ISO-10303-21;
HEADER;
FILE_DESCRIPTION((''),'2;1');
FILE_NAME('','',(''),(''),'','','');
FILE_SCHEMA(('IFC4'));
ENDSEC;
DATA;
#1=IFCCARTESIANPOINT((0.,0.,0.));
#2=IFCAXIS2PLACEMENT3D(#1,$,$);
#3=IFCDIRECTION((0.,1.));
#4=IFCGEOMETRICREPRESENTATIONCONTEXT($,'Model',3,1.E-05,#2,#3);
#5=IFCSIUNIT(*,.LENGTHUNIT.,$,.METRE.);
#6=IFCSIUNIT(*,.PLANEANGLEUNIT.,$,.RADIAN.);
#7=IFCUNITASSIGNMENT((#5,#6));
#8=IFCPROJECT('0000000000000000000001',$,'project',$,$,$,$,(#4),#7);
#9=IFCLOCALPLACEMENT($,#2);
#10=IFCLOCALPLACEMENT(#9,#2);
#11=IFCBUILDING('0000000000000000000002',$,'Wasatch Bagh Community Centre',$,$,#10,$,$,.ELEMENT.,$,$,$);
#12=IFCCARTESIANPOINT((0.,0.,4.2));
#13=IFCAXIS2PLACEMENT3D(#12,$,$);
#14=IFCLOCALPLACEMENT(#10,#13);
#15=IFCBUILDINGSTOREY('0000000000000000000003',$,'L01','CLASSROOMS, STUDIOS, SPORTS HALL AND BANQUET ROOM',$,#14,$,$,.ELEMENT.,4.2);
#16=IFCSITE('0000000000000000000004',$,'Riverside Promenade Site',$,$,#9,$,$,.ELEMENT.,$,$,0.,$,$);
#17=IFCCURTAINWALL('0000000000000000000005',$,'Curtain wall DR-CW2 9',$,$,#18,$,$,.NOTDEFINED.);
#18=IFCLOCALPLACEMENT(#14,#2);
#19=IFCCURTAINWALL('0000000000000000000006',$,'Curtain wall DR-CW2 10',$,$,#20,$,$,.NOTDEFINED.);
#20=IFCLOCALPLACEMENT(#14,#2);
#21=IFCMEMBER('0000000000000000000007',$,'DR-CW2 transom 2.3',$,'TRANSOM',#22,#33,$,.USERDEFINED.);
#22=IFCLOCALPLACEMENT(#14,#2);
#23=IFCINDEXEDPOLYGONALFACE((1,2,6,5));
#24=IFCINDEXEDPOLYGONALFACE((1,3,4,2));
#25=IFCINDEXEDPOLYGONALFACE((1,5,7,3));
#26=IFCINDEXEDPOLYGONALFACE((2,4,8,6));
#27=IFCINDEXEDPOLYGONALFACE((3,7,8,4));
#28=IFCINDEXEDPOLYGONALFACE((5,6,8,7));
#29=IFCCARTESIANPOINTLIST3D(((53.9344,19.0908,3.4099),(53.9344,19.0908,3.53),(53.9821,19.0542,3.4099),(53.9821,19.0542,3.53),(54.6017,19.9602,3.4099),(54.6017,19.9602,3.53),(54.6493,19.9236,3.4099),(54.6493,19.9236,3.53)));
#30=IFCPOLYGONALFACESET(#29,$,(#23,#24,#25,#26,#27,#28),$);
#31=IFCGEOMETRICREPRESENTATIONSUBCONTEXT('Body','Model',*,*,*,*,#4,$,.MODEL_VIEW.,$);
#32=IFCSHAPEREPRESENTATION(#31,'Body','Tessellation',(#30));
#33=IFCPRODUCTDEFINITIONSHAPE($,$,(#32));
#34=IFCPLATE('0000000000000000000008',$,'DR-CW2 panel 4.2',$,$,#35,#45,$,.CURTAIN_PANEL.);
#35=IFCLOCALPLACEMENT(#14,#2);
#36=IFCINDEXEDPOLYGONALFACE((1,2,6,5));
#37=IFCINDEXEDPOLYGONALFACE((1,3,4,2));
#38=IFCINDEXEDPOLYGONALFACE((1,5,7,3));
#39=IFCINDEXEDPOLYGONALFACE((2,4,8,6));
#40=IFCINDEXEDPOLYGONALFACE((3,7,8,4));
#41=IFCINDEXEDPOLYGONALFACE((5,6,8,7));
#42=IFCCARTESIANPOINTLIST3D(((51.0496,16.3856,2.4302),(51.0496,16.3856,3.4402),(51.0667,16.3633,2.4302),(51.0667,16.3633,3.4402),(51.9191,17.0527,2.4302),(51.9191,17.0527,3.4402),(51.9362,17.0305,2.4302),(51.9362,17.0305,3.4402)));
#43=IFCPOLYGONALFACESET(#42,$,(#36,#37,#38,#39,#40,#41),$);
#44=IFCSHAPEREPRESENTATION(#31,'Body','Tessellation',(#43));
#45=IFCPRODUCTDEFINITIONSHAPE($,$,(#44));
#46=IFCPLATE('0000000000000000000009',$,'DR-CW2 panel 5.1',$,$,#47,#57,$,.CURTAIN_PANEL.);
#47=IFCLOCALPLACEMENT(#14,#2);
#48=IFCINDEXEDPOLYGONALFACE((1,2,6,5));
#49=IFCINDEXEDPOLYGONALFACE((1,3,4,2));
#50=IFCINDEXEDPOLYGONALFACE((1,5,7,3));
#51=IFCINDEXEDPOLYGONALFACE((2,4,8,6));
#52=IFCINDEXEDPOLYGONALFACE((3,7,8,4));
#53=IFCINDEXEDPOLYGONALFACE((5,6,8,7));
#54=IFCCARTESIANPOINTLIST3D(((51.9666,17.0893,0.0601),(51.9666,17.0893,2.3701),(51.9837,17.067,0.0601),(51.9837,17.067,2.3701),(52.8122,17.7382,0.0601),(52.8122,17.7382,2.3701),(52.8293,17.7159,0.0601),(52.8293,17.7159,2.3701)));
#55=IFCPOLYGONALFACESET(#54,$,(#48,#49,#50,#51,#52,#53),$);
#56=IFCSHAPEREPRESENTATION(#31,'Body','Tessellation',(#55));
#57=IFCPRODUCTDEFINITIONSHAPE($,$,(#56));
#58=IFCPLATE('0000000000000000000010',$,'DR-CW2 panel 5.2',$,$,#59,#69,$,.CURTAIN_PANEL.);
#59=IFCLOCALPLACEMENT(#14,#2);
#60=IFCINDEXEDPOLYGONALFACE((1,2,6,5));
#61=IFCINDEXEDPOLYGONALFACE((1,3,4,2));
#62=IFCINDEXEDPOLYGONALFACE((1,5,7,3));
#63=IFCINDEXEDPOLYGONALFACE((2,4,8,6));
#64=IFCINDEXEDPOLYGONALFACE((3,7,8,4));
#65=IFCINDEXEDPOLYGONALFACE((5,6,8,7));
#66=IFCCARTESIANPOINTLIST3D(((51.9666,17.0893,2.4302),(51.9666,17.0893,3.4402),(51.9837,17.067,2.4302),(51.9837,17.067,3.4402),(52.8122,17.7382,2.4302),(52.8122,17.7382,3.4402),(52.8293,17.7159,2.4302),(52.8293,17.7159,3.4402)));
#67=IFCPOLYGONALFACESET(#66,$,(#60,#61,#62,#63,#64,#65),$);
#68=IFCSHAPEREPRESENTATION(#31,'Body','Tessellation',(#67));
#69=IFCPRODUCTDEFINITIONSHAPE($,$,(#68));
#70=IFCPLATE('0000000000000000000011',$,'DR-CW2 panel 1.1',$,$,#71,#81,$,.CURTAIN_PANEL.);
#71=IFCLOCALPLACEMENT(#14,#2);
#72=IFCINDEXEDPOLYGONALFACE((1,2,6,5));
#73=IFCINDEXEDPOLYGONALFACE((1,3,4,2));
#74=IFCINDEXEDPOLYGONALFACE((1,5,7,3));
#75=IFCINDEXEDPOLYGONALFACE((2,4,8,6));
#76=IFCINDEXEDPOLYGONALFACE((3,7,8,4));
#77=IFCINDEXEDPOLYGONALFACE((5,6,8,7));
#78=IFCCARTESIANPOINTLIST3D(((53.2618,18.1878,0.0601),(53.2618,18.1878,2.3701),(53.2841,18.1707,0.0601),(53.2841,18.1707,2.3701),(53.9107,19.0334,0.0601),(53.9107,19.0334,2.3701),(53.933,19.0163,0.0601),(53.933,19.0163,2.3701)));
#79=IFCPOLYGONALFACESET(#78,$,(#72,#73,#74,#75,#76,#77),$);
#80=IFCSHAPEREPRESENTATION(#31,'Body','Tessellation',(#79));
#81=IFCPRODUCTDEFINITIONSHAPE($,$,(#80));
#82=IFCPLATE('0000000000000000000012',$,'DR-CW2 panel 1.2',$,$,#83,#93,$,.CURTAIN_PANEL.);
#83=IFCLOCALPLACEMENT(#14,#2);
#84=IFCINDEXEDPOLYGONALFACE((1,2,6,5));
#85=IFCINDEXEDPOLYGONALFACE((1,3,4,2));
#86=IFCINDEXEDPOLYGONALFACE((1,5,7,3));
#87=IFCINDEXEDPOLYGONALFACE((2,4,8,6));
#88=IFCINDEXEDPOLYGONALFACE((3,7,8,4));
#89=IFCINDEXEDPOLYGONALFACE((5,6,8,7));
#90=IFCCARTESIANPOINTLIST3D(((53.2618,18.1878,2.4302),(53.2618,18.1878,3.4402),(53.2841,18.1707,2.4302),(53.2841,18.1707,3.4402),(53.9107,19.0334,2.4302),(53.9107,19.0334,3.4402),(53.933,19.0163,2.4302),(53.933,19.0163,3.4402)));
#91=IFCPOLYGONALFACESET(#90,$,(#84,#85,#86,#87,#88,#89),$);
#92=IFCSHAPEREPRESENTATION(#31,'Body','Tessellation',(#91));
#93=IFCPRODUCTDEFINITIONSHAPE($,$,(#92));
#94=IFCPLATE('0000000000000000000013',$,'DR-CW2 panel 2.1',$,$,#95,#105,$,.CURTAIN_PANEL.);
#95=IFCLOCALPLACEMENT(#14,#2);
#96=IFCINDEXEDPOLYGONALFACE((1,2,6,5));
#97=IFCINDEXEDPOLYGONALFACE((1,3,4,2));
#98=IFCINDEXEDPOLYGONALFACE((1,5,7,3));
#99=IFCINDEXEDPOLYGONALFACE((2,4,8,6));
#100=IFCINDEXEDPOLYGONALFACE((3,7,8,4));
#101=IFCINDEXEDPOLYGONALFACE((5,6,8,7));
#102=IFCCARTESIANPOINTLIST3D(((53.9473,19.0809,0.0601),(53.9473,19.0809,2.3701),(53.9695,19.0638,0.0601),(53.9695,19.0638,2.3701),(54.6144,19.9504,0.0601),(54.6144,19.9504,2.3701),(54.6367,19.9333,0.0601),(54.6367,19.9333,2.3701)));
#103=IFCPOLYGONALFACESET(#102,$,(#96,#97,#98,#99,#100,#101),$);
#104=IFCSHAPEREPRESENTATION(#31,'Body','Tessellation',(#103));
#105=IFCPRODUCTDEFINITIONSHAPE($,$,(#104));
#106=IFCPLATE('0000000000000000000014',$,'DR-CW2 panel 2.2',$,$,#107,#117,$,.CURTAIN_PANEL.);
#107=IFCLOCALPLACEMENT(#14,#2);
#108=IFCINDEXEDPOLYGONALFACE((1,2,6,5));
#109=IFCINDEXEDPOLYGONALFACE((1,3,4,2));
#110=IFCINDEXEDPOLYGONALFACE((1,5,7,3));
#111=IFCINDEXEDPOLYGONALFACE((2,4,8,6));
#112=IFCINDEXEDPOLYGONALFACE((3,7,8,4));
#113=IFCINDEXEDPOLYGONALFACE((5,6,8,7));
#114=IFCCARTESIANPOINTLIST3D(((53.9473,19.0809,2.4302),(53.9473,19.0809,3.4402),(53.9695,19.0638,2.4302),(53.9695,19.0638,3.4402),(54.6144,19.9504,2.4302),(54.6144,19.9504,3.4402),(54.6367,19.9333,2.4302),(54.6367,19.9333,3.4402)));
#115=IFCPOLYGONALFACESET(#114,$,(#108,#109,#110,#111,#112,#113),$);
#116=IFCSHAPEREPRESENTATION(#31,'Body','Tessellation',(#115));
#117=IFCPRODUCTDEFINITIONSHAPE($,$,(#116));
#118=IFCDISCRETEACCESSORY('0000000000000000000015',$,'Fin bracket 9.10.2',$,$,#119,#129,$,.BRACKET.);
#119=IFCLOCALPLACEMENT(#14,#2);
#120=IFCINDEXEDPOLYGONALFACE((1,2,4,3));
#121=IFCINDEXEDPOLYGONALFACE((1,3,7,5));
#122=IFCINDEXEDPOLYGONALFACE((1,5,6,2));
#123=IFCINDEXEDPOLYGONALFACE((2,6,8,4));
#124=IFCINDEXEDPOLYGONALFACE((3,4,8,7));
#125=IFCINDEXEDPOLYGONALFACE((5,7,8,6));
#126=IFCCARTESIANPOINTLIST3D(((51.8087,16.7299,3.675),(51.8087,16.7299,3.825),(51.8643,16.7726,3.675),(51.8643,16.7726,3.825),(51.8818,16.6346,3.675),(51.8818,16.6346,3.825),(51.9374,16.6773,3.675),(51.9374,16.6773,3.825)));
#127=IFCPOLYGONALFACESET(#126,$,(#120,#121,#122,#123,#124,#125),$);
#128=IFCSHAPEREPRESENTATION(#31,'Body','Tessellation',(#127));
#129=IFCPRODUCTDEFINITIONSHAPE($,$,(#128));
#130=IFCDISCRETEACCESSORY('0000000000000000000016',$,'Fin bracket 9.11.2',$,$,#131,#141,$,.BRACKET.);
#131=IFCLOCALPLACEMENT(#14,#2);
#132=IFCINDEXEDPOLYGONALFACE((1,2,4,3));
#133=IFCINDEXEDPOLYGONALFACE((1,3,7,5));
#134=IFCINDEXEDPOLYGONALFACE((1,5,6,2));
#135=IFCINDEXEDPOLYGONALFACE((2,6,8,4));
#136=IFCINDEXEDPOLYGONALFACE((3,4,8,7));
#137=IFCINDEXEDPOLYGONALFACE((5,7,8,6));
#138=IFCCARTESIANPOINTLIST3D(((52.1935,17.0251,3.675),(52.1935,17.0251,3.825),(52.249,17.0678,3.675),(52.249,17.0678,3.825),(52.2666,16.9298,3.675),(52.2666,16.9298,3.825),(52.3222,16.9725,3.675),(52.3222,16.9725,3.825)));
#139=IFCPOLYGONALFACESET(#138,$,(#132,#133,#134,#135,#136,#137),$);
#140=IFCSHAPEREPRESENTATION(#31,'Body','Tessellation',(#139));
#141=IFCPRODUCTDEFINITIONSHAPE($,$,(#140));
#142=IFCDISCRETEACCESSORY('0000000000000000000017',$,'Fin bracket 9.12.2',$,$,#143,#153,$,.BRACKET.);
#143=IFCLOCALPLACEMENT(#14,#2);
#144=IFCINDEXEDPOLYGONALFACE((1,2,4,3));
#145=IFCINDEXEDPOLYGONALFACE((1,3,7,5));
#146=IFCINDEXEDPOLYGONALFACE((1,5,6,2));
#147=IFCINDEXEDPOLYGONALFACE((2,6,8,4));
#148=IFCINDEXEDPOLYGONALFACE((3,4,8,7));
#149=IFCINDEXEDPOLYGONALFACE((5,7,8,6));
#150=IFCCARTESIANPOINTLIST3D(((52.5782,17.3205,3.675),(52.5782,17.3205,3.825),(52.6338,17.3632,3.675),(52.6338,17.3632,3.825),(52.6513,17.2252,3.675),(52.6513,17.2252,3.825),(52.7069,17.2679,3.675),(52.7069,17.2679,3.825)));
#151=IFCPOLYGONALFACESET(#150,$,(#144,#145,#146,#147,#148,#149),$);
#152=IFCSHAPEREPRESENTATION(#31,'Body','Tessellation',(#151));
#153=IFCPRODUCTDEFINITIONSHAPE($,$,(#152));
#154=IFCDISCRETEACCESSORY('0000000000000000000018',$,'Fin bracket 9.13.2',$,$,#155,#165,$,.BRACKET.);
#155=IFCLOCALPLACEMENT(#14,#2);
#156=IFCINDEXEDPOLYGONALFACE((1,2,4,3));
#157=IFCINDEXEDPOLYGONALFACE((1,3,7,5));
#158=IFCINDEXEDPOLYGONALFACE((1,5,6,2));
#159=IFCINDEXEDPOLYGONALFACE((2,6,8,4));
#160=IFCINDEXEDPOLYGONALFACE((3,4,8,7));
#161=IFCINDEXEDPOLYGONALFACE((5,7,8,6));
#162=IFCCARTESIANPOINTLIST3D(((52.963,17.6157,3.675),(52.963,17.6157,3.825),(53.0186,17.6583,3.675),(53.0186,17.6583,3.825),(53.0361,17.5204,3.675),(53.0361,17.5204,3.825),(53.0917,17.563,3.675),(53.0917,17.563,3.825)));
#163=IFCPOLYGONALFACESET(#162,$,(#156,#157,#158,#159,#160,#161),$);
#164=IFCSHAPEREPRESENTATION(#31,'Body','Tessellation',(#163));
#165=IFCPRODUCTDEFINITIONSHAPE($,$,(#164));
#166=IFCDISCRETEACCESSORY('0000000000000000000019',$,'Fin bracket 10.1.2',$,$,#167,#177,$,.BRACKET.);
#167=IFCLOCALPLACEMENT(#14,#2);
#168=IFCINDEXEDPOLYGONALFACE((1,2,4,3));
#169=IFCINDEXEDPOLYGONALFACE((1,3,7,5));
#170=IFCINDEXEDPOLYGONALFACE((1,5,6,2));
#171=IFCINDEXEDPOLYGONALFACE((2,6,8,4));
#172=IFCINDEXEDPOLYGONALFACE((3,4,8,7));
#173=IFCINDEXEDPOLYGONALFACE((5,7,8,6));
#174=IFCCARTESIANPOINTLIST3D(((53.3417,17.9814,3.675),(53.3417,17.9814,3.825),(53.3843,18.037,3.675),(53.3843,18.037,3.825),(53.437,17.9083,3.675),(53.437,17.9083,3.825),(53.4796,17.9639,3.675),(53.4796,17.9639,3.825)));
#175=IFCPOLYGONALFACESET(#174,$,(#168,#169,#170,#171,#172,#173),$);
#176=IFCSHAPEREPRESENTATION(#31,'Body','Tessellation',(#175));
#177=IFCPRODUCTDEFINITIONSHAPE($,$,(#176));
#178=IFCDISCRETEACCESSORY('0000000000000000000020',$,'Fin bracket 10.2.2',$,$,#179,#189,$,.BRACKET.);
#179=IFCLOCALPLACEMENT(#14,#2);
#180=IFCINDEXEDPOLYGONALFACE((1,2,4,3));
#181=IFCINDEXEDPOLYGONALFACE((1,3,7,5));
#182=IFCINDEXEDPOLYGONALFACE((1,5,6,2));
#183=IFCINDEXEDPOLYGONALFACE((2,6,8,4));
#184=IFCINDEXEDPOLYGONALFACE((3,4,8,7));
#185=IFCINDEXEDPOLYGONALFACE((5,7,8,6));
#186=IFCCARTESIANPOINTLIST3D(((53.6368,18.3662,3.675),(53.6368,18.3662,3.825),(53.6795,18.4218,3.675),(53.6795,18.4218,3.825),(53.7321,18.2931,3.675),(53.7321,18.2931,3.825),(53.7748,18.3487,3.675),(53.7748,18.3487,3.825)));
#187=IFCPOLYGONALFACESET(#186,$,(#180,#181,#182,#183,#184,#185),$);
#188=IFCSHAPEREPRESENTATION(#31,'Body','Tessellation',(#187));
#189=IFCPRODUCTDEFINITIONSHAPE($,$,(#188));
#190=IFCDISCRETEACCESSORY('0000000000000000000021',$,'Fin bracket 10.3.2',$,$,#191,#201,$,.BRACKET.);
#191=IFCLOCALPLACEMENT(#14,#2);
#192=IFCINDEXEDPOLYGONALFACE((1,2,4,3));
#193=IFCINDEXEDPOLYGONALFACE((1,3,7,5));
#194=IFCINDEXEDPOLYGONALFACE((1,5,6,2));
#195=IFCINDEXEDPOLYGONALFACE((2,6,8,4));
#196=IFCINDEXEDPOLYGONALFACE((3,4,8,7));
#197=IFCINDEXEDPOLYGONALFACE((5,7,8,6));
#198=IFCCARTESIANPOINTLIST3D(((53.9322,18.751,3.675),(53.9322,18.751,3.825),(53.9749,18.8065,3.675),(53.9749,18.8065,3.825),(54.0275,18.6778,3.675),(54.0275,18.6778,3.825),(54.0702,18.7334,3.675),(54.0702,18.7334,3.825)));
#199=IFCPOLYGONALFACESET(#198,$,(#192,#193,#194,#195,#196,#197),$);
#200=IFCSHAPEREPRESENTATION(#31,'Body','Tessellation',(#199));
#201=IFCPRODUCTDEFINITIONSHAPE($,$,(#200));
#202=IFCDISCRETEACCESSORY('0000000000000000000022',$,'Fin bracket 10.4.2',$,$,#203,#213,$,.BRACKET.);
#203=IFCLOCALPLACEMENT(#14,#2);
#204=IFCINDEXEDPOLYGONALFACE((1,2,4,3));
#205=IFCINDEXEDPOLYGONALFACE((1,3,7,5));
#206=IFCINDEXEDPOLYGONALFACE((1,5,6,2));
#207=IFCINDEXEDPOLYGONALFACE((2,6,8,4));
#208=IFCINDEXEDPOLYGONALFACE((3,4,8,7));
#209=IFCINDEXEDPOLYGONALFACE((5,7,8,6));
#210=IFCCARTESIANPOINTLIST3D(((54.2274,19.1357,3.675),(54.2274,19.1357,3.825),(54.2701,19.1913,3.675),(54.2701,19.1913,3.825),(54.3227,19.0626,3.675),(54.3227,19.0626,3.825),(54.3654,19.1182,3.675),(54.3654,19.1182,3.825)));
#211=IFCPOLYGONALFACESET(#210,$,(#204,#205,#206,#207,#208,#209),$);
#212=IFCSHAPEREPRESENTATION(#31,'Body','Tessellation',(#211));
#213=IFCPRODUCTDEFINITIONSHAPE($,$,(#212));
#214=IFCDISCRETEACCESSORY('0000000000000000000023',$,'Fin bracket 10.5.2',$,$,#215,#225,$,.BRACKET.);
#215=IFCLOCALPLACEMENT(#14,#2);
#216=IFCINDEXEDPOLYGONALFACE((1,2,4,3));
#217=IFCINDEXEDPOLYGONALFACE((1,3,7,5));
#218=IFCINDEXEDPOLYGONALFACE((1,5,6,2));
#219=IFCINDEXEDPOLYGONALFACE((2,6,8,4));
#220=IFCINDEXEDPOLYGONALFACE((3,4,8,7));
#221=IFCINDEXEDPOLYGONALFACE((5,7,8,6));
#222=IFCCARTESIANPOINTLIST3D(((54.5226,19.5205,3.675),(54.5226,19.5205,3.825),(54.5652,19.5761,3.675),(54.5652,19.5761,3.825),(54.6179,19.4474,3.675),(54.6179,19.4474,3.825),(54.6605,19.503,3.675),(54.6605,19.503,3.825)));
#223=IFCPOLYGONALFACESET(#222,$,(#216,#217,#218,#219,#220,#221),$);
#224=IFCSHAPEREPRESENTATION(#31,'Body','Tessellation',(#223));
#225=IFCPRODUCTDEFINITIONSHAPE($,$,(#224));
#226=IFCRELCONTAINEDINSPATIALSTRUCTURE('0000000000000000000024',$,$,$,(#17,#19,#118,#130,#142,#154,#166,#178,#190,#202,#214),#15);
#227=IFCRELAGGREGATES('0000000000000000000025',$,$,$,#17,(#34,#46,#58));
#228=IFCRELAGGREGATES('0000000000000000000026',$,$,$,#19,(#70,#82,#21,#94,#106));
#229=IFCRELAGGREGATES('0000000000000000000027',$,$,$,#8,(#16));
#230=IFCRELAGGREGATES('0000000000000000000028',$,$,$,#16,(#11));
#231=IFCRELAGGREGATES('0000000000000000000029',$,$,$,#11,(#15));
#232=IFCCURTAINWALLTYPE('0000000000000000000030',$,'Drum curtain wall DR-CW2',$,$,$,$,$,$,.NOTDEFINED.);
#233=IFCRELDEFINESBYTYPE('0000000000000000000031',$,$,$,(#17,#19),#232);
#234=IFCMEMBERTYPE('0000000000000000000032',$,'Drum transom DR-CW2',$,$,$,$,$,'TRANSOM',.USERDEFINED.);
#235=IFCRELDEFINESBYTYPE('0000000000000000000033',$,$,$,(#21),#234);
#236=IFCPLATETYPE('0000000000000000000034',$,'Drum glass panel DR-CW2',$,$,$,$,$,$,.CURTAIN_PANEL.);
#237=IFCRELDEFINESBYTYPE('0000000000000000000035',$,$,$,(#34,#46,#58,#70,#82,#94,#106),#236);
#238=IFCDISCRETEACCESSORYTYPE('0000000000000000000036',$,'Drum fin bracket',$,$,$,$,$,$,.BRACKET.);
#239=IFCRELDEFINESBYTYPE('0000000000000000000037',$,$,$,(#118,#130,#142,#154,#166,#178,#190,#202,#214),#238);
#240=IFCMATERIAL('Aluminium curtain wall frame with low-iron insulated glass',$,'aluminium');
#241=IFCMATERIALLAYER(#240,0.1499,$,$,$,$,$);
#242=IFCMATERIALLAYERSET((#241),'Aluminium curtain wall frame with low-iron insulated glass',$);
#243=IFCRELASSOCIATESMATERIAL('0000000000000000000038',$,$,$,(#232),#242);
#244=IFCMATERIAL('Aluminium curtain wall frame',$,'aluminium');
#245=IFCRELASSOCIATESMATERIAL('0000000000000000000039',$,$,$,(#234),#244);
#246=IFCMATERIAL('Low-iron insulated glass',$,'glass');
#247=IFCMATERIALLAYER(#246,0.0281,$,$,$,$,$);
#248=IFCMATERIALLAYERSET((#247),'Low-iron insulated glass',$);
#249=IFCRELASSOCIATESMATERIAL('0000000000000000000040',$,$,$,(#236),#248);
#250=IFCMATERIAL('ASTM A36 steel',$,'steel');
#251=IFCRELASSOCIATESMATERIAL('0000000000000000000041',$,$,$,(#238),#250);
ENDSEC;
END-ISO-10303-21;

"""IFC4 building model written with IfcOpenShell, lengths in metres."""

from ifc_helpers import new_model, si_unit, direction, frame, origin, origin_2d, place, context, subcontext, project, spatial, rectangle, extrude, material, layer, layer_set, material_profile, profile_set, type_object, element, aggregate, save


model = new_model("IFC4")

# Units and contexts
model_context = context("Model", 3, precision=1e-05, world=origin(), true_north=direction((0.0, 1.0)))
body_context = subcontext(model_context, "Body", "Model", "MODEL_VIEW")
ifc_project = project(units=[si_unit("LENGTHUNIT", "METRE"), si_unit("PLANEANGLEUNIT", "RADIAN")], contexts=[model_context])

# Site, building, storey
site_placement = place(None, origin())
site = spatial("IfcSite", under=ifc_project, at=site_placement, Name="Riverside Promenade Site", CompositionType="ELEMENT", RefElevation=0.0)
building_placement = place(site_placement, origin())
building = spatial("IfcBuilding", under=site, at=building_placement, Name="Wasatch Bagh Community Centre", CompositionType="ELEMENT")
storey_placement = place(building_placement, frame((0.0, 0.0, 4.2)))
storey = spatial("IfcBuildingStorey", under=building, at=storey_placement, Name="L01", Description="CLASSROOMS, STUDIOS, SPORTS HALL AND BANQUET ROOM", CompositionType="ELEMENT", Elevation=4.2)

# Curtain walls
ifc_material_1 = material(Name="Aluminium curtain wall frame with low-iron insulated glass", Category="aluminium")
ifc_layer_1 = layer(ifc_material_1, 0.1499)
ifc_layer_set_1 = layer_set([ifc_layer_1], Name="Aluminium curtain wall frame with low-iron insulated glass")
curtain_wall_type = type_object("IfcCurtainWallType", Name="Drum curtain wall DR-CW2", PredefinedType="NOTDEFINED", material=ifc_layer_set_1)
curtain_wall_1_placement = place(storey_placement, origin())
curtain_wall_1 = element("IfcCurtainWall", 1, at=curtain_wall_1_placement, inside=storey, type_object=curtain_wall_type, Name="Curtain wall DR-CW2 9", PredefinedType="NOTDEFINED")
ifc_material_2 = material(Name="Aluminium curtain wall frame", Category="aluminium")
curtain_wall_2_placement = place(storey_placement, origin())
curtain_wall_2 = element("IfcCurtainWall", 2, at=curtain_wall_2_placement, inside=storey, type_object=curtain_wall_type, Name="Curtain wall DR-CW2 10", PredefinedType="NOTDEFINED")

# Member
ifc_material_profile_1 = material_profile(ifc_material_2, rectangle(XDim=0.0601, YDim=0.1201, at=origin_2d()), Name="Drum transom DR-CW2")
ifc_profile_set_1 = profile_set([ifc_material_profile_1], Name="Aluminium curtain wall frame")
member_type_1 = type_object("IfcMemberType", Name="Drum transom DR-CW2", ElementType="TRANSOM", PredefinedType="USERDEFINED", material=ifc_profile_set_1)
member_1_placement = place(storey_placement, frame((53.9583, 19.0725, 3.47), z_axis=(0.608838, 0.793294, 0.0), x_axis=(-0.793294, 0.608838, 0.0)))
member_1 = element("IfcMember", 3, at=member_1_placement, type_object=member_type_1, Name="DR-CW2 transom 2.3", ObjectType="TRANSOM", PredefinedType="USERDEFINED", context=body_context, shape_type="SweptSolid", body=[
    extrude(rectangle(XDim=0.0601, YDim=0.1201, at=origin_2d()), origin(), (0.0, 0.0, 1.0), 1.0959),
])

# Plates
ifc_material_3 = material(Name="Low-iron insulated glass", Category="glass")
ifc_layer_2 = layer(ifc_material_3, 0.0281)
ifc_layer_set_2 = layer_set([ifc_layer_2], Name="Low-iron insulated glass")
plate_type = type_object("IfcPlateType", Name="Drum glass panel DR-CW2", PredefinedType="CURTAIN_PANEL", material=ifc_layer_set_2)
plate_1_placement = place(storey_placement, frame((51.4929, 16.708, 2.4302), z_axis=(0.0, 0.0, 1.0), x_axis=(0.793353, 0.608761, 0.0)))
plate_1 = element("IfcPlate", 4, at=plate_1_placement, type_object=plate_type, Name="DR-CW2 panel 4.2", PredefinedType="CURTAIN_PANEL", context=body_context, shape_type="SweptSolid", body=[
    extrude(rectangle(XDim=1.0959, YDim=0.0281, at=origin_2d()), origin(), (0.0, 0.0, 1.0), 1.01),
])
plate_2_placement = place(storey_placement, frame((52.3979, 17.4026, 0.0601), z_axis=(0.0, 0.0, 1.0), x_axis=(0.793353, 0.608761, 0.0)))
plate_2 = element("IfcPlate", 5, at=plate_2_placement, type_object=plate_type, Name="DR-CW2 panel 5.1", PredefinedType="CURTAIN_PANEL", context=body_context, shape_type="SweptSolid", body=[
    extrude(rectangle(XDim=1.0659, YDim=0.0281, at=origin_2d()), origin(), (0.0, 0.0, 1.0), 2.3101),
])
plate_3_placement = place(storey_placement, frame((52.3979, 17.4026, 2.4302), z_axis=(0.0, 0.0, 1.0), x_axis=(0.793353, 0.608761, 0.0)))
plate_3 = element("IfcPlate", 6, at=plate_3_placement, type_object=plate_type, Name="DR-CW2 panel 5.2", PredefinedType="CURTAIN_PANEL", context=body_context, shape_type="SweptSolid", body=[
    extrude(rectangle(XDim=1.0659, YDim=0.0281, at=origin_2d()), origin(), (0.0, 0.0, 1.0), 1.01),
])
aggregate(curtain_wall_1, [plate_1, plate_2, plate_3])
plate_4_placement = place(storey_placement, frame((53.5974, 18.6021, 0.0601), z_axis=(0.0, 0.0, 1.0), x_axis=(0.608761, 0.793353, 0.0)))
plate_4 = element("IfcPlate", 7, at=plate_4_placement, type_object=plate_type, Name="DR-CW2 panel 1.1", PredefinedType="CURTAIN_PANEL", context=body_context, shape_type="SweptSolid", body=[
    extrude(rectangle(XDim=1.0659, YDim=0.0281, at=origin_2d()), origin(), (0.0, 0.0, 1.0), 2.3101),
])
plate_5_placement = place(storey_placement, frame((53.5974, 18.6021, 2.4302), z_axis=(0.0, 0.0, 1.0), x_axis=(0.608761, 0.793353, 0.0)))
plate_5 = element("IfcPlate", 8, at=plate_5_placement, type_object=plate_type, Name="DR-CW2 panel 1.2", PredefinedType="CURTAIN_PANEL", context=body_context, shape_type="SweptSolid", body=[
    extrude(rectangle(XDim=1.0659, YDim=0.0281, at=origin_2d()), origin(), (0.0, 0.0, 1.0), 1.01),
])
plate_6_placement = place(storey_placement, frame((54.292, 19.5071, 0.0601), z_axis=(0.0, 0.0, 1.0), x_axis=(0.608761, 0.793353, 0.0)))
plate_6 = element("IfcPlate", 9, at=plate_6_placement, type_object=plate_type, Name="DR-CW2 panel 2.1", PredefinedType="CURTAIN_PANEL", context=body_context, shape_type="SweptSolid", body=[
    extrude(rectangle(XDim=1.0959, YDim=0.0281, at=origin_2d()), origin(), (0.0, 0.0, 1.0), 2.3101),
])
plate_7_placement = place(storey_placement, frame((54.292, 19.5071, 2.4302), z_axis=(0.0, 0.0, 1.0), x_axis=(0.608761, 0.793353, 0.0)))
plate_7 = element("IfcPlate", 10, at=plate_7_placement, type_object=plate_type, Name="DR-CW2 panel 2.2", PredefinedType="CURTAIN_PANEL", context=body_context, shape_type="SweptSolid", body=[
    extrude(rectangle(XDim=1.0959, YDim=0.0281, at=origin_2d()), origin(), (0.0, 0.0, 1.0), 1.01),
])
aggregate(curtain_wall_2, [plate_4, plate_5, member_1, plate_6, plate_7])

# Discrete accessories
ifc_material_4 = material(Name="ASTM A36 steel", Category="steel")
discrete_accessory_type = type_object("IfcDiscreteAccessoryType", Name="Drum fin bracket", PredefinedType="BRACKET", material=ifc_material_4)
for number, where, z_axis, x_axis, name in (
    (11, (51.873, 16.7036, 3.675), (0.0, 0.0, 1.0), (0.793353, 0.608761, 0.0), "Fin bracket 9.10.2"),
    (12, (52.2578, 16.9988, 3.675), (0.0, 0.0, 1.0), (0.793353, 0.608761, 0.0), "Fin bracket 9.11.2"),
    (13, (52.6426, 17.2942, 3.675), (0.0, 0.0, 1.0), (0.793353, 0.608761, 0.0), "Fin bracket 9.12.2"),
    (14, (53.0273, 17.5894, 3.675), (0.0, 0.0, 1.0), (0.793353, 0.608761, 0.0), "Fin bracket 9.13.2"),
    (15, (53.4106, 17.9727, 3.675), (0.0, 0.0, 1.0), (0.608761, 0.793353, 0.0), "Fin bracket 10.1.2"),
    (16, (53.7058, 18.3574, 3.675), (0.0, 0.0, 1.0), (0.608761, 0.793353, 0.0), "Fin bracket 10.2.2"),
    (17, (54.0012, 18.7422, 3.675), (0.0, 0.0, 1.0), (0.608761, 0.793353, 0.0), "Fin bracket 10.3.2"),
    (18, (54.2964, 19.127, 3.675), (0.0, 0.0, 1.0), (0.608761, 0.793353, 0.0), "Fin bracket 10.4.2"),
    (19, (54.5916, 19.5117, 3.675), (0.0, 0.0, 1.0), (0.608761, 0.793353, 0.0), "Fin bracket 10.5.2"),
):
    element("IfcDiscreteAccessory", number, at=place(storey_placement, frame(where, z_axis=z_axis, x_axis=x_axis)), inside=storey, type_object=discrete_accessory_type, Name=name, PredefinedType="BRACKET", context=body_context, shape_type="SweptSolid", body=[
        extrude(rectangle(XDim=0.0701, YDim=0.1201, at=origin_2d()), origin(), (0.0, 0.0, 1.0), 0.1499),
    ])

save(model, "model.ifc")
